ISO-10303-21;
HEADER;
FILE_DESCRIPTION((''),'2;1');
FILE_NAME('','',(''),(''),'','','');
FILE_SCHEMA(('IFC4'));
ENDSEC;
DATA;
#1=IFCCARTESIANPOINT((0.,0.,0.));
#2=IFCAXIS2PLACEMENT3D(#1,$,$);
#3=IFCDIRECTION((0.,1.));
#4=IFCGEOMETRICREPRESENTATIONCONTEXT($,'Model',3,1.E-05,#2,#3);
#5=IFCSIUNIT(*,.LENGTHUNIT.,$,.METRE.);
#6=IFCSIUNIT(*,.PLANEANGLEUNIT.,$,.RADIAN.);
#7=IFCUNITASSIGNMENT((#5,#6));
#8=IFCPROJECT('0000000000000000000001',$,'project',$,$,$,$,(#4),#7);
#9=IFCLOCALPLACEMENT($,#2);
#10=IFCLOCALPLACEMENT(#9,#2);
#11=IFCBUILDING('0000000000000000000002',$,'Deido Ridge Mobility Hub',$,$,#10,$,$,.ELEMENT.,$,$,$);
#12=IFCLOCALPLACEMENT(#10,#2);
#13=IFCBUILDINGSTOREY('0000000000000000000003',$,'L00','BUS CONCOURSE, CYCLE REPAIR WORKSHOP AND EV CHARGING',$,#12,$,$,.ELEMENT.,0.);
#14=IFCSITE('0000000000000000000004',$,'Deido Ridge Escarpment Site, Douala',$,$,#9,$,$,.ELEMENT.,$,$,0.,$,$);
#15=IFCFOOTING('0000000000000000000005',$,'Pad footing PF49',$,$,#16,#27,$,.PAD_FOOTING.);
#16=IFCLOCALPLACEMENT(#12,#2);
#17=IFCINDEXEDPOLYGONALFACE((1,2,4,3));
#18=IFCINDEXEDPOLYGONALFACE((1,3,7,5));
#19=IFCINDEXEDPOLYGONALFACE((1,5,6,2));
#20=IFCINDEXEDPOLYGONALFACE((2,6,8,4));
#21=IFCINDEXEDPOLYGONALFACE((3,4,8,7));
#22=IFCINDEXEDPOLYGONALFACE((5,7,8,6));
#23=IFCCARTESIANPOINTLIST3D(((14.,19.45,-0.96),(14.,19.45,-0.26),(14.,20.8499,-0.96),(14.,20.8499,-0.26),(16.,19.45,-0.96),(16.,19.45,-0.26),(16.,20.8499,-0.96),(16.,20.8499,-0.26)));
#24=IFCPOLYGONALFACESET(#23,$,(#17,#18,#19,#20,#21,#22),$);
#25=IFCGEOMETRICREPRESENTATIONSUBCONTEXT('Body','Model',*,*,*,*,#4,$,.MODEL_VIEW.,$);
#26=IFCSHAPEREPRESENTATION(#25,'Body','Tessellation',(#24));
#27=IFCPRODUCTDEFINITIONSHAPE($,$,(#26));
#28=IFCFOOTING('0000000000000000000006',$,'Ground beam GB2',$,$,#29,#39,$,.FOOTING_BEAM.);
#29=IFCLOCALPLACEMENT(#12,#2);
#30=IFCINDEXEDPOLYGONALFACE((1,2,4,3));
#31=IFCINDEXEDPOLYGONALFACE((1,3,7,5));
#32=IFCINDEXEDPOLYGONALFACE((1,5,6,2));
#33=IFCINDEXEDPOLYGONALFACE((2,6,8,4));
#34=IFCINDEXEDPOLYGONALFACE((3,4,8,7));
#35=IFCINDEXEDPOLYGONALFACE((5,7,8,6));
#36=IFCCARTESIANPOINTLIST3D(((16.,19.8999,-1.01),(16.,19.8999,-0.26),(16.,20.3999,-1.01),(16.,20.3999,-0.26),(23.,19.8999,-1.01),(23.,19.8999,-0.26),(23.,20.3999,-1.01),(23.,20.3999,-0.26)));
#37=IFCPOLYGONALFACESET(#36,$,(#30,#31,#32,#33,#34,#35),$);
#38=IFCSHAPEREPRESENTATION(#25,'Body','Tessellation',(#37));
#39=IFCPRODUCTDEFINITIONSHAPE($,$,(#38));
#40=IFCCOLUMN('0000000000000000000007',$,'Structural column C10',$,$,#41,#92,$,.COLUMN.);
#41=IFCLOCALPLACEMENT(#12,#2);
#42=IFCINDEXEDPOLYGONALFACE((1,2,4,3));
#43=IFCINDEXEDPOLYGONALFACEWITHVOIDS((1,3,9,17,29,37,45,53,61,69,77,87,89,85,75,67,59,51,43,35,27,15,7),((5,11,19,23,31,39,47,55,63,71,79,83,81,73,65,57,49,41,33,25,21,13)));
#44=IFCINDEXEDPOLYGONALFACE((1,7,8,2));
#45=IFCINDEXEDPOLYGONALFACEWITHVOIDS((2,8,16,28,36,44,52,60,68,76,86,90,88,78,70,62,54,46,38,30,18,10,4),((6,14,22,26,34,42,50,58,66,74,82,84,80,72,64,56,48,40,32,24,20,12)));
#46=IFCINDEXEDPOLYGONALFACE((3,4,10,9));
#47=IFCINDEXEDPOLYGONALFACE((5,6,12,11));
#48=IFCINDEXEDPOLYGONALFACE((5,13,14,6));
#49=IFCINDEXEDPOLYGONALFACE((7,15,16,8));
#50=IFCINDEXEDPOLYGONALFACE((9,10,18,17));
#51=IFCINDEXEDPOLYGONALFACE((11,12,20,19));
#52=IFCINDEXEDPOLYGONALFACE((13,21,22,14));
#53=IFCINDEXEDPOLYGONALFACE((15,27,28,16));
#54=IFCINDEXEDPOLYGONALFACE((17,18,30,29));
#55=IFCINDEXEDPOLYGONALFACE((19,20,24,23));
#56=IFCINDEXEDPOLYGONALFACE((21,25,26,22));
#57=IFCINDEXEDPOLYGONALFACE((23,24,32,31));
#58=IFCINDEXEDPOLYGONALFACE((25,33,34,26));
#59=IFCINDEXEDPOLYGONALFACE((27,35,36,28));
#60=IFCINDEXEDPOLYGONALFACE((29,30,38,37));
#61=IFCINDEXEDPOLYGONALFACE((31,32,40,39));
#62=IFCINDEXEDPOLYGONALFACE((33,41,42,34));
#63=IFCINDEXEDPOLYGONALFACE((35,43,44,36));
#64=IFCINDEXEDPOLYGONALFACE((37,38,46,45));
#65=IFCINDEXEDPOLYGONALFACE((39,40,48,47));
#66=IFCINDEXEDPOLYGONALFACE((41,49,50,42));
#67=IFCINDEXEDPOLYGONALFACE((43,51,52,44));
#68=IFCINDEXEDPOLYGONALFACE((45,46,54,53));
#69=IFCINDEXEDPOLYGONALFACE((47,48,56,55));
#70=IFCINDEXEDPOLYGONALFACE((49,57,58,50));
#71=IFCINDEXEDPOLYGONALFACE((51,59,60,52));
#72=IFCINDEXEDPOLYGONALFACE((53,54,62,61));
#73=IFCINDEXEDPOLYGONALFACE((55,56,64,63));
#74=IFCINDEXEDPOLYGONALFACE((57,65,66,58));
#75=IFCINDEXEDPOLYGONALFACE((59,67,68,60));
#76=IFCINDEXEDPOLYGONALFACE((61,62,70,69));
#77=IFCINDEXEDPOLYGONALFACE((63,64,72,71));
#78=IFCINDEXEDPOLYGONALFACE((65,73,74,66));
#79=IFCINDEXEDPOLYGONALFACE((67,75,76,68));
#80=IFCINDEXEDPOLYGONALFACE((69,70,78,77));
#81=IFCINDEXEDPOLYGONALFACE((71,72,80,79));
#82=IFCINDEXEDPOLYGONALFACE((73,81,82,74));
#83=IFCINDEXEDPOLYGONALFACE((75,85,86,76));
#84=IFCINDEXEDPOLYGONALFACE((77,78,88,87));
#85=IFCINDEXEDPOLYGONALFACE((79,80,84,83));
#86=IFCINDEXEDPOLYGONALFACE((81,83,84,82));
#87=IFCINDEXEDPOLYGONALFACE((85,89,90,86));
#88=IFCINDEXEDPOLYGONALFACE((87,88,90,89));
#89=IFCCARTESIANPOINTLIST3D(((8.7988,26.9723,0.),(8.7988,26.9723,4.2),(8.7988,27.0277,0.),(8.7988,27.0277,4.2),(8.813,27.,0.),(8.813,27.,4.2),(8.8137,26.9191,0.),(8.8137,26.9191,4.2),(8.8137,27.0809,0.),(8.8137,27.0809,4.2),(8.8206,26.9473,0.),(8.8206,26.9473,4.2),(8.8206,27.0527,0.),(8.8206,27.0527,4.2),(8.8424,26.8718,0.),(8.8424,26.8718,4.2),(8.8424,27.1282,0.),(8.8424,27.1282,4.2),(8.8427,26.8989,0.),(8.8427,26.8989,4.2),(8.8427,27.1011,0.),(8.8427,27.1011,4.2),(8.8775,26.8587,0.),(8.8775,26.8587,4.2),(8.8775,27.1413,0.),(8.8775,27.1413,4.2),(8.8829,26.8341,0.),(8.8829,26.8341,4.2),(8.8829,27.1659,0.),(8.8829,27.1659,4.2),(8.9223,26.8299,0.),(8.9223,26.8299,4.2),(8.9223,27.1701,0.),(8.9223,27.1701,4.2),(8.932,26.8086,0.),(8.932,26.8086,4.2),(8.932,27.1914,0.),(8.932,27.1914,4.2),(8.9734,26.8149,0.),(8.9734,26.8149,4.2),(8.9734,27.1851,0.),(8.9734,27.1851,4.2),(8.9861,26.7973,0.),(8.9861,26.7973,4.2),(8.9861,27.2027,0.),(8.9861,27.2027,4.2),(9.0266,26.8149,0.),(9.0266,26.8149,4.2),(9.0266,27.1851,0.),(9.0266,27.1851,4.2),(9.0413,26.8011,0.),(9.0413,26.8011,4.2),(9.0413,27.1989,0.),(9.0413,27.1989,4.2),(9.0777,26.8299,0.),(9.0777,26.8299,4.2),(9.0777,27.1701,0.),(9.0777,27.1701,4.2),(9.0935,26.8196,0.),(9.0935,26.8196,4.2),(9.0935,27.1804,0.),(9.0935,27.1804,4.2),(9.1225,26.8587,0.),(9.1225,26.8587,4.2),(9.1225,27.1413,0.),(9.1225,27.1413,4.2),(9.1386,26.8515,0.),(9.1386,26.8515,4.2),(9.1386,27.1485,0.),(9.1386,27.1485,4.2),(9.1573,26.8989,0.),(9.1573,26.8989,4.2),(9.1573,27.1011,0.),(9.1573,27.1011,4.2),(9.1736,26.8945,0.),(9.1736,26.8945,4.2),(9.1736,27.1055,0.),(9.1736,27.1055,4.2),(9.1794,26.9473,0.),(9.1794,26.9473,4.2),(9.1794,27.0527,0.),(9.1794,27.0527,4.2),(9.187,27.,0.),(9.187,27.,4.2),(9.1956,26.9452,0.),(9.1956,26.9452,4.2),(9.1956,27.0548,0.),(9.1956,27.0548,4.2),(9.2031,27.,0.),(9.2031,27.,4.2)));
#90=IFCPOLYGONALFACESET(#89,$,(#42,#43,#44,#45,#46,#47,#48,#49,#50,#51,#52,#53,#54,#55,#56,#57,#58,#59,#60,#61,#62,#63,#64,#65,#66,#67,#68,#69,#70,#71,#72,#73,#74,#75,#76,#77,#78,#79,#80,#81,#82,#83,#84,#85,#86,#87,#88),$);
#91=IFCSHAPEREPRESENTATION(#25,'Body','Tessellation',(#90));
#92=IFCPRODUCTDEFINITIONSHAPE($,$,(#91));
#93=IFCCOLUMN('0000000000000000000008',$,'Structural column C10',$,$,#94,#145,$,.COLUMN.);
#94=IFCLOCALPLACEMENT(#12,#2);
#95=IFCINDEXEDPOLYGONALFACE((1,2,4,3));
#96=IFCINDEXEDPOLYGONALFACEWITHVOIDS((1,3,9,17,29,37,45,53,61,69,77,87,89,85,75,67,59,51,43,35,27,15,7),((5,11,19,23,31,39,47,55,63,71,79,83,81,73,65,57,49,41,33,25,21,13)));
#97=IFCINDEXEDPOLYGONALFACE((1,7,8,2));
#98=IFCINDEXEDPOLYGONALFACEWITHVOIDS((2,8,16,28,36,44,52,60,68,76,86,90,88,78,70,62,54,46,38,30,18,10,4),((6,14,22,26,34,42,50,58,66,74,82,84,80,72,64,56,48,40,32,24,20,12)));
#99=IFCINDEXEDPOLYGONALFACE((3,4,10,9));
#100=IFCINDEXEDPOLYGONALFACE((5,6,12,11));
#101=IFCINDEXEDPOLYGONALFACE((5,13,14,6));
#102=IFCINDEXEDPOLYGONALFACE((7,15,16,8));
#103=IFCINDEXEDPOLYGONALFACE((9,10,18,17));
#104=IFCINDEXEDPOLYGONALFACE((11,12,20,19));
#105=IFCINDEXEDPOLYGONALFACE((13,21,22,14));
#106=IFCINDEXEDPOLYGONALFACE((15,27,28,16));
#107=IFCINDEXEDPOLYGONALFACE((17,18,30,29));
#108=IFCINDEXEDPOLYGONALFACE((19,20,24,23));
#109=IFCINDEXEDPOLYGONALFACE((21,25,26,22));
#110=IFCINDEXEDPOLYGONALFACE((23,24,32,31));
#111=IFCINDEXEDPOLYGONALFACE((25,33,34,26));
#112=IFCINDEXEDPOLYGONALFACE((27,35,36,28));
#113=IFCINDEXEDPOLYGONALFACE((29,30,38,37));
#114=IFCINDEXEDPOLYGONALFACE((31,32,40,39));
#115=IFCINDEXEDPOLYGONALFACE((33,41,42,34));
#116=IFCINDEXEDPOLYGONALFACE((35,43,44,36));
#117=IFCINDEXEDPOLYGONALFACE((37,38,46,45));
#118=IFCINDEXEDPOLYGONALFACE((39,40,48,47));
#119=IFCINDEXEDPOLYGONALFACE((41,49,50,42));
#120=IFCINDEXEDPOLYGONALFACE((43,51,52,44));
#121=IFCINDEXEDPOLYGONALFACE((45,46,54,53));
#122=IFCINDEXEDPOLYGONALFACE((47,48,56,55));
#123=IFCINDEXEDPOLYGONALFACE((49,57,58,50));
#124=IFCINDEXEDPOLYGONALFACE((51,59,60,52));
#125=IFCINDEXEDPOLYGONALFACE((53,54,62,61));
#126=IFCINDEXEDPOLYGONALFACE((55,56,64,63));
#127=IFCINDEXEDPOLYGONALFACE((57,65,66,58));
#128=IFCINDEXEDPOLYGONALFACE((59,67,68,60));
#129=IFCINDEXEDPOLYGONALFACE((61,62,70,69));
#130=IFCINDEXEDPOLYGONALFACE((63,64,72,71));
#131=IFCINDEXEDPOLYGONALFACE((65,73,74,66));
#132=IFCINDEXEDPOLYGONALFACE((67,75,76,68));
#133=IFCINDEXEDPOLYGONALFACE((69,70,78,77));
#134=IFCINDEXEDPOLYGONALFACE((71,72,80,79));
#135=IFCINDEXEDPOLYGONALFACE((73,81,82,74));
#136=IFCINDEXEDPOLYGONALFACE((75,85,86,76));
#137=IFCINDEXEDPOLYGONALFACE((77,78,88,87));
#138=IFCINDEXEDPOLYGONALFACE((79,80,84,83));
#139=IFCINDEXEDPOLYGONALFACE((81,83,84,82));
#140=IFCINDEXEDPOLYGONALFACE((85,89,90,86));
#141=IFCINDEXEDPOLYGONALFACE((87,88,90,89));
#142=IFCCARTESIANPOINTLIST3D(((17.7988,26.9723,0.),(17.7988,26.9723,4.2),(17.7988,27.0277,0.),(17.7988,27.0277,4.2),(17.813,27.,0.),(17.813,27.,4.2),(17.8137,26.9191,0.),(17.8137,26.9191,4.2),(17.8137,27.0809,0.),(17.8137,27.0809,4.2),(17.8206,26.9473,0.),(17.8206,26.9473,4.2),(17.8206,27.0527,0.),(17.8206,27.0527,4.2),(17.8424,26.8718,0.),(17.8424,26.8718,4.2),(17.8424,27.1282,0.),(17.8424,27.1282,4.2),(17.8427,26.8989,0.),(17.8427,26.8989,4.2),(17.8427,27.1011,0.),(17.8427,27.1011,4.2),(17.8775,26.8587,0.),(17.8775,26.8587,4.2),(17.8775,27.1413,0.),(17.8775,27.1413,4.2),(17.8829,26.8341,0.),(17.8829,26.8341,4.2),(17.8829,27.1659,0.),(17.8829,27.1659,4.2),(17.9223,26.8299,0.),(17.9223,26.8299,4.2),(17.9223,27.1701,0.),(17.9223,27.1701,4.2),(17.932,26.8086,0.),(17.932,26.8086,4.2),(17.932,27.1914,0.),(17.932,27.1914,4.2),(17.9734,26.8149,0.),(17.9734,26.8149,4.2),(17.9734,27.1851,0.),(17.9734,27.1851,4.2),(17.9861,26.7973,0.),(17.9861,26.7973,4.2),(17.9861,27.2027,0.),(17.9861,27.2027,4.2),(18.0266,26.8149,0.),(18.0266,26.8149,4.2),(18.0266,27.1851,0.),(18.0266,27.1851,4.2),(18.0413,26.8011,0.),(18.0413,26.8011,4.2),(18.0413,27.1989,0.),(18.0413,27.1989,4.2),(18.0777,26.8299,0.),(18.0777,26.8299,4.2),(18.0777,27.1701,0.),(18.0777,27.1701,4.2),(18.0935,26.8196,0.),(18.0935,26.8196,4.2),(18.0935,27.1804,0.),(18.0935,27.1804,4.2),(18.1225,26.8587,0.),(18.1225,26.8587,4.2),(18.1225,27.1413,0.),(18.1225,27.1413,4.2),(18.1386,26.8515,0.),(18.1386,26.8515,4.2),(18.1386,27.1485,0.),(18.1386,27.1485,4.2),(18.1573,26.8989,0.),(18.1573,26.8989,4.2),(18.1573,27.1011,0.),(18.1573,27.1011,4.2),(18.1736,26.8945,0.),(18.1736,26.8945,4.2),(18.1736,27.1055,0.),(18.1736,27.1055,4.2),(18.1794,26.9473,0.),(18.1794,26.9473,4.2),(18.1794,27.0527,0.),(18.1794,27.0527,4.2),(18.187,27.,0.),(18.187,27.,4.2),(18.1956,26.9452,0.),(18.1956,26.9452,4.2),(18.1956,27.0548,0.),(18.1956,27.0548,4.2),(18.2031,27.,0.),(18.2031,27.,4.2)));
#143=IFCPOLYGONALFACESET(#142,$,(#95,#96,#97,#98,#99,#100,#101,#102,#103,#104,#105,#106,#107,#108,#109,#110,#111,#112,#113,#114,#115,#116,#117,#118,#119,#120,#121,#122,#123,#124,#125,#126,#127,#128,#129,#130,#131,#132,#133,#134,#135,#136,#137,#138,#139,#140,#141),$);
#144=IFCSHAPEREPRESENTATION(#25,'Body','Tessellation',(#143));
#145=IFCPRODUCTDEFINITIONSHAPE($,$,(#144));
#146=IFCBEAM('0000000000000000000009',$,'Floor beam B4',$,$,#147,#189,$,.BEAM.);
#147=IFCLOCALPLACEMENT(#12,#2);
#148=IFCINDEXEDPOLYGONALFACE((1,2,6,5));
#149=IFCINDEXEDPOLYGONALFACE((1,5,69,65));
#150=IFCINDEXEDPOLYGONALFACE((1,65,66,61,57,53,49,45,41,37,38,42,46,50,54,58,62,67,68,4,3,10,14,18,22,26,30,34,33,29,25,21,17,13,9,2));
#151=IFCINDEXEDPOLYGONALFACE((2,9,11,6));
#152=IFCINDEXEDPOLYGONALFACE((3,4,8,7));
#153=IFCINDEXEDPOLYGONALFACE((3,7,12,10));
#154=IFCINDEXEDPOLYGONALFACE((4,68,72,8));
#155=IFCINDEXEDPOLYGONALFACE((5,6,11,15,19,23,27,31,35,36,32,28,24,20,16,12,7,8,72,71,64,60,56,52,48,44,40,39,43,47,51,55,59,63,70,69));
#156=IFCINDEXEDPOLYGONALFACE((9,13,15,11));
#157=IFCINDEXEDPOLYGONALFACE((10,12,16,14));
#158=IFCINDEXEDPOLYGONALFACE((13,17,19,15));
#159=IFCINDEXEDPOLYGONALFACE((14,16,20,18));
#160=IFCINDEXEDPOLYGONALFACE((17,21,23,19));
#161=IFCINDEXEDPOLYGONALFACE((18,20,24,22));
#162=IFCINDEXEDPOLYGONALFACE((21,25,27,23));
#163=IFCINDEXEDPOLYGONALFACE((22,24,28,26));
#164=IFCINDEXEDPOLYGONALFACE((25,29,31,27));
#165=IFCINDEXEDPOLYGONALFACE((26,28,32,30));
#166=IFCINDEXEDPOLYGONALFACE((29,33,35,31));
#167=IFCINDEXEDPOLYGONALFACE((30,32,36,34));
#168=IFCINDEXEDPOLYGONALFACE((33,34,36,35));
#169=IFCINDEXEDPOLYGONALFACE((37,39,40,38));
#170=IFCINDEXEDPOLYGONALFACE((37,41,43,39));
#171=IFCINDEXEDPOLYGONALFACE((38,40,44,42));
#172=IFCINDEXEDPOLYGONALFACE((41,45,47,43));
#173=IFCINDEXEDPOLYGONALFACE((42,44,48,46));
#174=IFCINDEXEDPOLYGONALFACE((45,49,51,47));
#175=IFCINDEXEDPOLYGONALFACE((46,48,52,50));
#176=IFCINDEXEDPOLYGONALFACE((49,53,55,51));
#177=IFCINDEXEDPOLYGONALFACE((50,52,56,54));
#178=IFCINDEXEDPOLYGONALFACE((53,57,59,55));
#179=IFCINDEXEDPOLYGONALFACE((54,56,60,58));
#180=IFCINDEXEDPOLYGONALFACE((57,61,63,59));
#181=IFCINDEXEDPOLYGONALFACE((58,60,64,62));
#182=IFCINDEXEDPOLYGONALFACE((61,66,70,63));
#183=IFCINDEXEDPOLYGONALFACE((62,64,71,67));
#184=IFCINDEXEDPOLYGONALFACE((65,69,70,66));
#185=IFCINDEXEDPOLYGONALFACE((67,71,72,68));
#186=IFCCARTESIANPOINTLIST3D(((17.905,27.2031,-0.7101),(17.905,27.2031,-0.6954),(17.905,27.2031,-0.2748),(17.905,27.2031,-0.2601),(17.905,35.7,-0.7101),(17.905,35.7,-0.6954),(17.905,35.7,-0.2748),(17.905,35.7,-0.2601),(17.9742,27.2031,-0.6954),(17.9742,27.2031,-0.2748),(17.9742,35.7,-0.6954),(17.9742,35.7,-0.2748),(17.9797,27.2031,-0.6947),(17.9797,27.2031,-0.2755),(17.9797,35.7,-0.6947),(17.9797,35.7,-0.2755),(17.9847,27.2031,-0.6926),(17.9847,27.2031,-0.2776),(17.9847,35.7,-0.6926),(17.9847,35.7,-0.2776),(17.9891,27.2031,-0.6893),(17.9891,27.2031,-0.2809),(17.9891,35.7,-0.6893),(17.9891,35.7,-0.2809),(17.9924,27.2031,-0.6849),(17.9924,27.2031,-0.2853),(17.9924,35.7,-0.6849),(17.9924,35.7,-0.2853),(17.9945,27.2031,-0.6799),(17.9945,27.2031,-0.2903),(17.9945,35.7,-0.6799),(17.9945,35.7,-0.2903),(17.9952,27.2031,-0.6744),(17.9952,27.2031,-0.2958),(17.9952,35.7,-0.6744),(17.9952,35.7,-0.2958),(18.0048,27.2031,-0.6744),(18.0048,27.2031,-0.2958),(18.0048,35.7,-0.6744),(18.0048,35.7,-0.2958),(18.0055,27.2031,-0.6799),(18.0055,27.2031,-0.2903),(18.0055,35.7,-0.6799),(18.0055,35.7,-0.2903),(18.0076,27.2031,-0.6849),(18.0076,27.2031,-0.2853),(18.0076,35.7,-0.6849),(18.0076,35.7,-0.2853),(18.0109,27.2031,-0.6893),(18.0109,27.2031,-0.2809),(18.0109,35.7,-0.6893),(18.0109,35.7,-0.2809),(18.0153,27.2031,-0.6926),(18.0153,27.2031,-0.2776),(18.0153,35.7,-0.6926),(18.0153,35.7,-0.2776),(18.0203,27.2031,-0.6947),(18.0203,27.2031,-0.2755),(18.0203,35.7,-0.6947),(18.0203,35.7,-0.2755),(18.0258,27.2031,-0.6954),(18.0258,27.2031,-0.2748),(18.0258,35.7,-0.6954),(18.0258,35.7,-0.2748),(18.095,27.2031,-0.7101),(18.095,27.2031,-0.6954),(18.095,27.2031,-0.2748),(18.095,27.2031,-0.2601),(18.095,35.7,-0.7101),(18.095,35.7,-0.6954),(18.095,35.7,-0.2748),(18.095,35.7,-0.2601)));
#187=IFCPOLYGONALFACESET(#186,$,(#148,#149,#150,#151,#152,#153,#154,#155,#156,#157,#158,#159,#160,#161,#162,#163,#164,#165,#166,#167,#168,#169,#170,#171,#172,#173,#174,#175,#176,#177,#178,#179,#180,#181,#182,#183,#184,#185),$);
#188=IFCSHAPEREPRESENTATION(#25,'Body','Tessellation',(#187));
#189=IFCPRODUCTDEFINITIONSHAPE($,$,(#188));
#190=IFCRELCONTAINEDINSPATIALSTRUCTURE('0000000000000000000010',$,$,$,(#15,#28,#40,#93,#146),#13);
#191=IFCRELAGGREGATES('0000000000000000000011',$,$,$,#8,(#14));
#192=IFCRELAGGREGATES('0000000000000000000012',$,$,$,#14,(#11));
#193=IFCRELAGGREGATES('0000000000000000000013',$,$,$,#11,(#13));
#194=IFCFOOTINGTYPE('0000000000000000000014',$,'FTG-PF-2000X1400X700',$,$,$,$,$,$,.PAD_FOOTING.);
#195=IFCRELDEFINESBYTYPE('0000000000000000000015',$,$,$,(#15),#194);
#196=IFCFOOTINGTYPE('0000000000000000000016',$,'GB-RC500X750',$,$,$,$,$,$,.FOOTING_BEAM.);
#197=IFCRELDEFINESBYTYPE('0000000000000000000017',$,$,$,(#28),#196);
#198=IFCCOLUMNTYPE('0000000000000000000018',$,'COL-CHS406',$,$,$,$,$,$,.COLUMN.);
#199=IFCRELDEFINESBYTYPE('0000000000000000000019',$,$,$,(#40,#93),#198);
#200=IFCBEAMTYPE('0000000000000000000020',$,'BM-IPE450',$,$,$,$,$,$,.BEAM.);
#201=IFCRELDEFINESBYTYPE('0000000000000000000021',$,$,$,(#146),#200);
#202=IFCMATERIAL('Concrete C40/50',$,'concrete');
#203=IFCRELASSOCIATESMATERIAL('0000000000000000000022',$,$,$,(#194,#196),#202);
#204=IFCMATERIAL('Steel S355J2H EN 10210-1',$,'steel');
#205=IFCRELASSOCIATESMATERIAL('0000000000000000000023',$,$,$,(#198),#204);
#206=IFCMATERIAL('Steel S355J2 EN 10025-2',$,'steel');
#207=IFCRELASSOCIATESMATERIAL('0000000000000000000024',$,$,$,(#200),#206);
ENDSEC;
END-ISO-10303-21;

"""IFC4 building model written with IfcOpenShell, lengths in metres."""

from ifc_helpers import new_model, si_unit, direction, frame, origin, origin_2d, place, context, subcontext, project, spatial, rectangle, hollow_circle, i_section, extrude, material, material_profile, profile_set, type_object, element, save


model = new_model("IFC4")

# Units and contexts
model_context = context("Model", 3, precision=1e-05, world=origin(), true_north=direction((0.0, 1.0)))
body_context = subcontext(model_context, "Body", "Model", "MODEL_VIEW")
ifc_project = project(units=[si_unit("LENGTHUNIT", "METRE"), si_unit("PLANEANGLEUNIT", "RADIAN")], contexts=[model_context])

# Site, building, storey
site_placement = place(None, origin())
site = spatial("IfcSite", under=ifc_project, at=site_placement, Name="Deido Ridge Escarpment Site, Douala", CompositionType="ELEMENT", RefElevation=0.0)
building_placement = place(site_placement, origin())
building = spatial("IfcBuilding", under=site, at=building_placement, Name="Deido Ridge Mobility Hub", CompositionType="ELEMENT")
storey_placement = place(building_placement, origin())
storey = spatial("IfcBuildingStorey", under=building, at=storey_placement, Name="L00", Description="BUS CONCOURSE, CYCLE REPAIR WORKSHOP AND EV CHARGING", CompositionType="ELEMENT", Elevation=0.0)

# Footings
ifc_material_1 = material(Name="Concrete C40/50", Category="concrete")
footing_type_1 = type_object("IfcFootingType", Name="FTG-PF-2000X1400X700", PredefinedType="PAD_FOOTING", material=ifc_material_1)
footing_1_placement = place(storey_placement, frame((15.0, 20.1499, -0.96), z_axis=(0.0, 0.0, 1.0), x_axis=(1.0, 0.0, 0.0)))
element("IfcFooting", 1, at=footing_1_placement, inside=storey, type_object=footing_type_1, Name="Pad footing PF49", PredefinedType="PAD_FOOTING", context=body_context, shape_type="SweptSolid", body=[
    extrude(rectangle(XDim=2.0, YDim=1.3999, at=origin_2d()), origin(), (0.0, 0.0, 1.0), 0.7),
])
ifc_material_profile_1 = material_profile(ifc_material_1, rectangle(XDim=0.5, YDim=0.75, at=origin_2d()), Name="RC GB 500x750")
ifc_profile_set_1 = profile_set([ifc_material_profile_1], Name="Concrete C40/50")
footing_type_2 = type_object("IfcFootingType", Name="GB-RC500X750", PredefinedType="FOOTING_BEAM", material=ifc_profile_set_1)
footing_2_placement = place(storey_placement, frame((16.0, 20.1499, -0.635), z_axis=(1.0, 0.0, 0.0), x_axis=(0.0, 1.0, 0.0)))
element("IfcFooting", 2, at=footing_2_placement, inside=storey, type_object=footing_type_2, Name="Ground beam GB2", PredefinedType="FOOTING_BEAM", context=body_context, shape_type="SweptSolid", body=[
    extrude(rectangle(XDim=0.5, YDim=0.75, at=origin_2d()), origin(), (0.0, 0.0, 1.0), 7.0),
])

# Columns
ifc_material_2 = material(Name="Steel S355J2H EN 10210-1", Category="steel")
ifc_material_profile_2 = material_profile(ifc_material_2, hollow_circle(Radius=0.2031, WallThickness=0.0161, at=origin_2d()), Name="CHS 406.4x16")
ifc_profile_set_2 = profile_set([ifc_material_profile_2], Name="Steel S355J2H EN 10210-1")
column_type = type_object("IfcColumnType", Name="COL-CHS406", PredefinedType="COLUMN", material=ifc_profile_set_2)
for number, where, z_axis, x_axis, name in (
    (3, (9.0, 27.0, 0.0), (0.0, 0.0, 1.0), (1.0, 0.0, 0.0), "Structural column C10"),
    (4, (18.0, 27.0, 0.0), (0.0, 0.0, 1.0), (1.0, 0.0, 0.0), "Structural column C10"),
):
    element("IfcColumn", number, at=place(storey_placement, frame(where, z_axis=z_axis, x_axis=x_axis)), inside=storey, type_object=column_type, Name=name, PredefinedType="COLUMN", context=body_context, shape_type="SweptSolid", body=[
        extrude(hollow_circle(Radius=0.2031, WallThickness=0.0161, at=origin_2d()), origin(), (0.0, 0.0, 1.0), 4.2),
    ])

# Beam
ifc_material_3 = material(Name="Steel S355J2 EN 10025-2", Category="steel")
ifc_material_profile_3 = material_profile(ifc_material_3, i_section(OverallWidth=0.1899, OverallDepth=0.45, WebThickness=0.0095, FlangeThickness=0.0146, FilletRadius=0.021, at=origin_2d()), Name="IPE 450")
ifc_profile_set_3 = profile_set([ifc_material_profile_3], Name="Steel S355J2 EN 10025-2")
beam_type_1 = type_object("IfcBeamType", Name="BM-IPE450", PredefinedType="BEAM", material=ifc_profile_set_3)
beam_1_placement = place(storey_placement, frame((18.0, 27.2031, -0.4851), z_axis=(0.0, 1.0, 0.0), x_axis=(-1.0, 0.0, 0.0)))
element("IfcBeam", 5, at=beam_1_placement, inside=storey, type_object=beam_type_1, Name="Floor beam B4", PredefinedType="BEAM", context=body_context, shape_type="SweptSolid", body=[
    extrude(i_section(OverallWidth=0.1899, OverallDepth=0.45, WebThickness=0.0095, FlangeThickness=0.0146, FilletRadius=0.021, at=origin_2d()), origin(), (0.0, 0.0, 1.0), 8.4968),
])

save(model, "model.ifc")
